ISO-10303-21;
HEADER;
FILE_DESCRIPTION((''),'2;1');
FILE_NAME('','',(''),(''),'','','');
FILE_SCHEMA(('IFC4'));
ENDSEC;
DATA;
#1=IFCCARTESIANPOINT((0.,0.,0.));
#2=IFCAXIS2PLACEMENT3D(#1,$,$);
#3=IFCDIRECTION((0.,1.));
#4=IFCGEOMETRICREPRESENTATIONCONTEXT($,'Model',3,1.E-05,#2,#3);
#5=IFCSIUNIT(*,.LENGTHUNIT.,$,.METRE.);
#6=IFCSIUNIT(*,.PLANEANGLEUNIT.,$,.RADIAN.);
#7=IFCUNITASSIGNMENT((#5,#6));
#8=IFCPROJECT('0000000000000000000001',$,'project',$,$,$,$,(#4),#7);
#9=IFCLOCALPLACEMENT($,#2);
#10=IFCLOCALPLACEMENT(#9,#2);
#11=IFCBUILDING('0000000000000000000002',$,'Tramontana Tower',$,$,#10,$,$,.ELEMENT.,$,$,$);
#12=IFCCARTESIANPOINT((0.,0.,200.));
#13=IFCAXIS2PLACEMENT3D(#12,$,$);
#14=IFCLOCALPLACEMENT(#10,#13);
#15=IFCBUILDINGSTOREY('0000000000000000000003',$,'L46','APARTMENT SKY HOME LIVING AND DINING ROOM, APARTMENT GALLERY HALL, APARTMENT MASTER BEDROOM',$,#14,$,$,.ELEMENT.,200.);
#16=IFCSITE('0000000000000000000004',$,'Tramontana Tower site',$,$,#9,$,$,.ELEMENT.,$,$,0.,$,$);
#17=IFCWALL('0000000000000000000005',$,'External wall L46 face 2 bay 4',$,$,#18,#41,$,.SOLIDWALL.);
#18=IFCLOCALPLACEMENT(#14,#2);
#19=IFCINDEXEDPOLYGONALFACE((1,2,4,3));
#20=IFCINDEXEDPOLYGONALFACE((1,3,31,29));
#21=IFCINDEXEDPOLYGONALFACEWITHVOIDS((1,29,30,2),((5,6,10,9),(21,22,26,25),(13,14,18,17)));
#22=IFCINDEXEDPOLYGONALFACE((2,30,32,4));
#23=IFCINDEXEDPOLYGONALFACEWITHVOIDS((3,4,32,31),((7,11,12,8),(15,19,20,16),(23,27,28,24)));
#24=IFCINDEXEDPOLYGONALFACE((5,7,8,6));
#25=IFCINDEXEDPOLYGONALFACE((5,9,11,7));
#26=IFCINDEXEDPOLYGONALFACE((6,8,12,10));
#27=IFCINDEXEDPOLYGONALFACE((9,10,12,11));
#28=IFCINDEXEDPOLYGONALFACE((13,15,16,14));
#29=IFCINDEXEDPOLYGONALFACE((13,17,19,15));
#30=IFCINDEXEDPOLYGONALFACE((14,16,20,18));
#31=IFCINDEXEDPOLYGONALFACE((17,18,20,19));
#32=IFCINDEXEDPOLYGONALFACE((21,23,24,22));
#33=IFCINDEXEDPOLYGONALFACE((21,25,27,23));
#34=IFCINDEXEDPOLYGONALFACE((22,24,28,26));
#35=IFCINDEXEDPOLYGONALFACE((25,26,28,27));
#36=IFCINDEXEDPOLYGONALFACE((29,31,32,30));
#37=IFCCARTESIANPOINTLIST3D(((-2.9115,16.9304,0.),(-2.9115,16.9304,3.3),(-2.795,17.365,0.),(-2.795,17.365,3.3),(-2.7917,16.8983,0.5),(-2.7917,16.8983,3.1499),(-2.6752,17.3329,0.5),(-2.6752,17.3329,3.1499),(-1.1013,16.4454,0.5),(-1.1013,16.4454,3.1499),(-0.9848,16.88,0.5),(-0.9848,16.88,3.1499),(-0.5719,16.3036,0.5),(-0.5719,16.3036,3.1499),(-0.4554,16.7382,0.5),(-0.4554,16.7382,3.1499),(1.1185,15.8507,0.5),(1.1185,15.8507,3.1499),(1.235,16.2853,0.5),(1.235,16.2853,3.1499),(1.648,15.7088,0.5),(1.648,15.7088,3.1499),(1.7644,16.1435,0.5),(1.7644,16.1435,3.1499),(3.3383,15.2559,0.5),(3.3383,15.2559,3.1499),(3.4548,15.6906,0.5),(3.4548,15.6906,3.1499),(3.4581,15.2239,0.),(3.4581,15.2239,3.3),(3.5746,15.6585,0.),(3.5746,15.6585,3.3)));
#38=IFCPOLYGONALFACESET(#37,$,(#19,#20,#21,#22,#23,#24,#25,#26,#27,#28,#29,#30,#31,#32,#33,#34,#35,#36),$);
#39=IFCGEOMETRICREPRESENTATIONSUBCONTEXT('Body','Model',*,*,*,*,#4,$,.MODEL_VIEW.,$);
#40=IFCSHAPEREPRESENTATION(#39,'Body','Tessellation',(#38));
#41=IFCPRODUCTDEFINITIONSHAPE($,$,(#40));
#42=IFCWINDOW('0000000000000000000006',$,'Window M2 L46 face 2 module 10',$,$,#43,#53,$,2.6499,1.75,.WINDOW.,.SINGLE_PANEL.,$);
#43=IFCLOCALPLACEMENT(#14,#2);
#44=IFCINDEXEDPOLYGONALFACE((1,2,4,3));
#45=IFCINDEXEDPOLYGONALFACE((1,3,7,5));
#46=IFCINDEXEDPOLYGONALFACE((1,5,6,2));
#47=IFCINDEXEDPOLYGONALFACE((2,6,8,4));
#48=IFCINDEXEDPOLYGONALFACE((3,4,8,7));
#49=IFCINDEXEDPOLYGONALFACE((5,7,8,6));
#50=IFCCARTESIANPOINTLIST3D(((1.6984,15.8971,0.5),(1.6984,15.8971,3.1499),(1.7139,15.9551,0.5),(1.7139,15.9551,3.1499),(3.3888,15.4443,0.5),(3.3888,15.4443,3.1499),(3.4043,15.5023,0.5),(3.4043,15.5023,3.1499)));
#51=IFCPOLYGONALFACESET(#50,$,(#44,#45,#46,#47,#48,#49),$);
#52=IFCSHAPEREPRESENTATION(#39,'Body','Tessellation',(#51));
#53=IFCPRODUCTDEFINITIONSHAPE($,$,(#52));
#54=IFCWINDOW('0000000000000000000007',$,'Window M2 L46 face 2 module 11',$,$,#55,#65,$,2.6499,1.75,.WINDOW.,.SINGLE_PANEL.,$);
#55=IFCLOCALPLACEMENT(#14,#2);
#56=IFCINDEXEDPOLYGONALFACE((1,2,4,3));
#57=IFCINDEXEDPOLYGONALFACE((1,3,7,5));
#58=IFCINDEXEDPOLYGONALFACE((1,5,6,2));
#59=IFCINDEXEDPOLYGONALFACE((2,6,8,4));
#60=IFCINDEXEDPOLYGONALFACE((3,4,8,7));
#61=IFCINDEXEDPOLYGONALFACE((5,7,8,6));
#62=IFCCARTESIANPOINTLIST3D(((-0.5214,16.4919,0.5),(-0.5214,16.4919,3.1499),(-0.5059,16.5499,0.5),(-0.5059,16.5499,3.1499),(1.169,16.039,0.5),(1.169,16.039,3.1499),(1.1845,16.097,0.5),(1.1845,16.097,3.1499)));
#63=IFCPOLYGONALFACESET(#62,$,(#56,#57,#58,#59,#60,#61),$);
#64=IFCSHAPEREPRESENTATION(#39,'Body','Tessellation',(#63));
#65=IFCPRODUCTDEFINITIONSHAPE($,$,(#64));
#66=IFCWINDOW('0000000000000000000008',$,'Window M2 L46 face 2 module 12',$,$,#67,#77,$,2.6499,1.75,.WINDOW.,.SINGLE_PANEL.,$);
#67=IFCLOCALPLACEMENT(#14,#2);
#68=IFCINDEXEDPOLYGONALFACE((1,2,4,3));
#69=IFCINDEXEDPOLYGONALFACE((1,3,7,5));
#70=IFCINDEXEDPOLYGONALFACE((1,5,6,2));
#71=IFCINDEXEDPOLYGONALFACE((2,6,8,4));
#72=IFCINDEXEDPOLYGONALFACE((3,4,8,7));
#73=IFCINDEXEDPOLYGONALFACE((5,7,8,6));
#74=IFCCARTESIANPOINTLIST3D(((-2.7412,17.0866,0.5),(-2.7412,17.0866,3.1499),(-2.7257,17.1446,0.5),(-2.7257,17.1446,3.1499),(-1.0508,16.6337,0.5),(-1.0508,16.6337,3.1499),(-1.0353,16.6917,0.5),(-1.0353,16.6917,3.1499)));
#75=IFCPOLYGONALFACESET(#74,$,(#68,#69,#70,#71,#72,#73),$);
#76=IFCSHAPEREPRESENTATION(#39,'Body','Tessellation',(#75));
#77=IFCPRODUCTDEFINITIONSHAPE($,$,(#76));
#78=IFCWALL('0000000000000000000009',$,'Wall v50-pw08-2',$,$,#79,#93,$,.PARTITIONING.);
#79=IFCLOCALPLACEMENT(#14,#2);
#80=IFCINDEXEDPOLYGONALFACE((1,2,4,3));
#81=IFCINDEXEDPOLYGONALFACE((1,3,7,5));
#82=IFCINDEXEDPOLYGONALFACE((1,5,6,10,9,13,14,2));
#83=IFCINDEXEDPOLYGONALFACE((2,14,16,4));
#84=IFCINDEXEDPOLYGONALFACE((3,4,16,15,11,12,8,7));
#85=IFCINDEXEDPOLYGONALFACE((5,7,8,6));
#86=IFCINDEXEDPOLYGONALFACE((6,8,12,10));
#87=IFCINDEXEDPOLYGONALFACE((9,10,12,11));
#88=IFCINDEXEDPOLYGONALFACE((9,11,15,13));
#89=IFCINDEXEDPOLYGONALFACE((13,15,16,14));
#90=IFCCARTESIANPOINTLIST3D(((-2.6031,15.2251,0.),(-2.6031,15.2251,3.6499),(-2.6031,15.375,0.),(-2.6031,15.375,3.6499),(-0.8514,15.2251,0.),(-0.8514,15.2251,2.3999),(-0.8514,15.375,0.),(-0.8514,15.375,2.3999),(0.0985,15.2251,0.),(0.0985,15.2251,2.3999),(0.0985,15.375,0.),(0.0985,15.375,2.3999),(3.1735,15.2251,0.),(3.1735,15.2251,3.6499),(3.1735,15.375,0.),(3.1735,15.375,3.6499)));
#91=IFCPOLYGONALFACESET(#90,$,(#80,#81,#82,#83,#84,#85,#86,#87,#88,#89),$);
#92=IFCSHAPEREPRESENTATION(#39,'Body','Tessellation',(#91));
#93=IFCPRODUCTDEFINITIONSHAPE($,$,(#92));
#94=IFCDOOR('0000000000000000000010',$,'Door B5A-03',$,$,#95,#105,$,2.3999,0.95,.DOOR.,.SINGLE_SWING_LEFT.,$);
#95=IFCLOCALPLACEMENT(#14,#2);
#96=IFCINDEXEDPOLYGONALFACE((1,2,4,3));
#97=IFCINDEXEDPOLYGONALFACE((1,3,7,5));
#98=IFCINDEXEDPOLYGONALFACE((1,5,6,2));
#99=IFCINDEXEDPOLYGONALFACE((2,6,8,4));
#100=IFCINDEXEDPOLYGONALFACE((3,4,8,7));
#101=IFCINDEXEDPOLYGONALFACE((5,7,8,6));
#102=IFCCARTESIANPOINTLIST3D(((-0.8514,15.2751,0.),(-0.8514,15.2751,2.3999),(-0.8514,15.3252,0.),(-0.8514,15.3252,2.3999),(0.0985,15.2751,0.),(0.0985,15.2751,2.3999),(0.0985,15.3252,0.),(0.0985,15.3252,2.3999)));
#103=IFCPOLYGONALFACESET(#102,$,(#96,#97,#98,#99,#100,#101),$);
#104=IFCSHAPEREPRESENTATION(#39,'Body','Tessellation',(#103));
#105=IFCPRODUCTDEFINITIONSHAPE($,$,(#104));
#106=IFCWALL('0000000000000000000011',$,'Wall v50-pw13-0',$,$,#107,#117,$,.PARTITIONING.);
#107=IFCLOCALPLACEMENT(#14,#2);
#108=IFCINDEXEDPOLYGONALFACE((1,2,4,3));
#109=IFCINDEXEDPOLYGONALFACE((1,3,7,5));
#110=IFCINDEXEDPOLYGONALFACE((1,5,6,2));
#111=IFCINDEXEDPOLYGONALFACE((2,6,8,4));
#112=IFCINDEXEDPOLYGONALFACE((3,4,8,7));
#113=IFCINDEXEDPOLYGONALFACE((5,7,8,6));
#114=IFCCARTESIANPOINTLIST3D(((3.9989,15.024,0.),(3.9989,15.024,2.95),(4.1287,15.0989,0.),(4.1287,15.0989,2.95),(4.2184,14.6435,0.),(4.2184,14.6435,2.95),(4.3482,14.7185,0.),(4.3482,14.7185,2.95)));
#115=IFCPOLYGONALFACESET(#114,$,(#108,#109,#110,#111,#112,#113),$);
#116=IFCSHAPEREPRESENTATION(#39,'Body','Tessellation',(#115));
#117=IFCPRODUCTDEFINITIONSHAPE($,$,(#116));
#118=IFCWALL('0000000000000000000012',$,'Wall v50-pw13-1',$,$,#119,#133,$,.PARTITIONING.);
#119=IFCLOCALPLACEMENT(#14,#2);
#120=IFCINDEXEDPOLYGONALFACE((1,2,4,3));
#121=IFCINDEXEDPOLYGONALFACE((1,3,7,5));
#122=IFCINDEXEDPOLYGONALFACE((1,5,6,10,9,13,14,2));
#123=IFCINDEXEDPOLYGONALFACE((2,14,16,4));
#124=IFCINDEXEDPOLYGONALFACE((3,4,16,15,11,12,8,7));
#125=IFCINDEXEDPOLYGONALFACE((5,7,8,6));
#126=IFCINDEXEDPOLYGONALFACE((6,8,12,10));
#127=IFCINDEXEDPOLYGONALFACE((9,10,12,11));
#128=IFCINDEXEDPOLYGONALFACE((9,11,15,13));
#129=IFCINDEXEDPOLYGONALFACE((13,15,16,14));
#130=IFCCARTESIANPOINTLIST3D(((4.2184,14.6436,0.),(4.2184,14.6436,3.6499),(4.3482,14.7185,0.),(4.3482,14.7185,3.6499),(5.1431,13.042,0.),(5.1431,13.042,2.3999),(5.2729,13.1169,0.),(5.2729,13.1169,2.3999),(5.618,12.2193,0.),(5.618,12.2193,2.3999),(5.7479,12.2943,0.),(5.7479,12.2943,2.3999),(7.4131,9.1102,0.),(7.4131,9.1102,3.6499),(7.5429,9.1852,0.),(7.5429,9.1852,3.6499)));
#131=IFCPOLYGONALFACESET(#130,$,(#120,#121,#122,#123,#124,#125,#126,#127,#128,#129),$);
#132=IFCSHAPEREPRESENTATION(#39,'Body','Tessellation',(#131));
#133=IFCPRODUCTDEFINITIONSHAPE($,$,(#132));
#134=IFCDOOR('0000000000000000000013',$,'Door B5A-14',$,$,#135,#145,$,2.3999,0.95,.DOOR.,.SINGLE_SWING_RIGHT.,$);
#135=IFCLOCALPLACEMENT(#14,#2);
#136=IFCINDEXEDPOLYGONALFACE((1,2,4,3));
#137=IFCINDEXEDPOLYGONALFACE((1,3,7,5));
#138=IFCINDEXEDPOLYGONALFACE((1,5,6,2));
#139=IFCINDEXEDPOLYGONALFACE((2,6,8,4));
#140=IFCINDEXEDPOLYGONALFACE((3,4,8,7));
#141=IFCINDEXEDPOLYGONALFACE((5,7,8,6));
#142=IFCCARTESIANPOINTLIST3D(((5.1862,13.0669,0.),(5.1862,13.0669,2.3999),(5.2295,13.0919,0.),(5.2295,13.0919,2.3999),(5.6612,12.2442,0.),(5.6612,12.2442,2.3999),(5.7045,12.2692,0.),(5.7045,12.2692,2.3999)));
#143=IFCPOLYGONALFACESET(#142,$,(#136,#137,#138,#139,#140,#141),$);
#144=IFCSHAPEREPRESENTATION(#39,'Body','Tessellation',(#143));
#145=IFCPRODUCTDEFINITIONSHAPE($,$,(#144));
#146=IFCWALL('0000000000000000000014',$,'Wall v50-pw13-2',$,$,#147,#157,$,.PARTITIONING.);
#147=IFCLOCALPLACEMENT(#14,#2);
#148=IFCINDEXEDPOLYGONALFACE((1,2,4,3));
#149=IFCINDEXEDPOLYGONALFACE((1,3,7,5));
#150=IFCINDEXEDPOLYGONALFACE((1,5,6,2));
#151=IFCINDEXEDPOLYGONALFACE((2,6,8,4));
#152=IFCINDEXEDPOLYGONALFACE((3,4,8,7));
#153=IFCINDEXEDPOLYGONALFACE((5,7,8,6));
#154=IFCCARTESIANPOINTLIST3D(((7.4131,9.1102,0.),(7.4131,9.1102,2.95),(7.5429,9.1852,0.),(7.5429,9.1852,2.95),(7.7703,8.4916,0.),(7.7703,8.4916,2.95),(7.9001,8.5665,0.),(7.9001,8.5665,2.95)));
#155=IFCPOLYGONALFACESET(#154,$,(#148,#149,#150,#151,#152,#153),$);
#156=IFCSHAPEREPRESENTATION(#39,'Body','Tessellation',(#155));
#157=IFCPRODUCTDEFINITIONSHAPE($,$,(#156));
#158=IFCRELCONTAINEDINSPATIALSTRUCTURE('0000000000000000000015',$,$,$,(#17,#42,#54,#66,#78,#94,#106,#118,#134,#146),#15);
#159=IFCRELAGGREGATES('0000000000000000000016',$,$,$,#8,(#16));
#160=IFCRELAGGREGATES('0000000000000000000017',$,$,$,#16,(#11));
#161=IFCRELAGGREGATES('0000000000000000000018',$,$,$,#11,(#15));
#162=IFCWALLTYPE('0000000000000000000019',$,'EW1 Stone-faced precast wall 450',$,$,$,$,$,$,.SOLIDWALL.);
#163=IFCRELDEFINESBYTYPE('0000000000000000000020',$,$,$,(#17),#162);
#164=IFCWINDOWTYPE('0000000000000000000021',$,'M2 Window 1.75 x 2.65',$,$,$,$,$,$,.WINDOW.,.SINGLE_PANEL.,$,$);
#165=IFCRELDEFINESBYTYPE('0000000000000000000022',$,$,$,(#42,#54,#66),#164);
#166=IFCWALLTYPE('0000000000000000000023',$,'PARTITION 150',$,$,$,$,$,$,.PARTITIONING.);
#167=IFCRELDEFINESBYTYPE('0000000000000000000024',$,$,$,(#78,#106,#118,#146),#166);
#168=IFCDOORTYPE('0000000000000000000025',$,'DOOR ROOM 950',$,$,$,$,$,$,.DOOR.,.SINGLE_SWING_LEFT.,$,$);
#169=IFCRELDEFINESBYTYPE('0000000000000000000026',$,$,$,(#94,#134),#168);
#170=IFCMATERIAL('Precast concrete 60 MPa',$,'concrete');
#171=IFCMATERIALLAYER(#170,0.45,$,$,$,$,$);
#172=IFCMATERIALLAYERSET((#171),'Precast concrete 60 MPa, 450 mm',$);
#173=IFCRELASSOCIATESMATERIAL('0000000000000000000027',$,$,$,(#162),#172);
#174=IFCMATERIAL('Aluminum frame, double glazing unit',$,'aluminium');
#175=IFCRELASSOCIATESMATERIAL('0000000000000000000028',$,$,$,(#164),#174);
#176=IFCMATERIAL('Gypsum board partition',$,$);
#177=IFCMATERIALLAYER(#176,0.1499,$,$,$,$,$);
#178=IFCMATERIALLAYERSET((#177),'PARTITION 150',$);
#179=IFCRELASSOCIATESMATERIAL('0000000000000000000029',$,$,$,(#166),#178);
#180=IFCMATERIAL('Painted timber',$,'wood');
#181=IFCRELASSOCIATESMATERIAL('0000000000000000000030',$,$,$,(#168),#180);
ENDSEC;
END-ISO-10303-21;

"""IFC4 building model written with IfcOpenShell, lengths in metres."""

from ifc_helpers import new_model, si_unit, direction, frame, frame_2d, origin, place, context, subcontext, project, spatial, rectangle, extrude, material, layer, layer_set, type_object, element, fill, save


model = new_model("IFC4")

# Units and contexts
model_context = context("Model", 3, precision=1e-05, world=origin(), true_north=direction((0.0, 1.0)))
body_context = subcontext(model_context, "Body", "Model", "MODEL_VIEW")
ifc_project = project(units=[si_unit("LENGTHUNIT", "METRE"), si_unit("PLANEANGLEUNIT", "RADIAN")], contexts=[model_context])

# Site, building, storey
site_placement = place(None, origin())
site = spatial("IfcSite", under=ifc_project, at=site_placement, Name="Tramontana Tower site", CompositionType="ELEMENT", RefElevation=0.0)
building_placement = place(site_placement, origin())
building = spatial("IfcBuilding", under=site, at=building_placement, Name="Tramontana Tower", CompositionType="ELEMENT")
storey_placement = place(building_placement, frame((0.0, 0.0, 200.0)))
storey = spatial("IfcBuildingStorey", under=building, at=storey_placement, Name="L46", Description="APARTMENT SKY HOME LIVING AND DINING ROOM, APARTMENT GALLERY HALL, APARTMENT MASTER BEDROOM", CompositionType="ELEMENT", Elevation=200.0)

# Wall, openings, windows
ifc_material_1 = material(Name="Precast concrete 60 MPa", Category="concrete")
ifc_layer_1 = layer(ifc_material_1, 0.45)
ifc_layer_set_1 = layer_set([ifc_layer_1], Name="Precast concrete 60 MPa, 450 mm")
wall_type_1 = type_object("IfcWallType", Name="EW1 Stone-faced precast wall 450", PredefinedType="SOLIDWALL", material=ifc_layer_set_1)
wall_1_placement = place(storey_placement, frame((3.5164, 15.4412, 0.0), z_axis=(0.0, 0.0, 1.0), x_axis=(-0.965933, 0.258792, 0.0)))
wall_1 = element("IfcWall", 1, at=wall_1_placement, inside=storey, type_object=wall_type_1, Name="External wall L46 face 2 bay 4", PredefinedType="SOLIDWALL", context=body_context, shape_type="SweptSolid", body=[
    extrude(rectangle(XDim=6.5942, YDim=0.45, at=frame_2d((3.2971, 0.0))), origin(), (0.0, 0.0, 1.0), 3.3),
])
opening_1_placement = place(wall_1_placement, frame((0.124, 0.0, 0.5)))
opening_1 = element("IfcOpeningElement", 2, at=opening_1_placement, cuts=wall_1, PredefinedType="OPENING", context=body_context, shape_type="SweptSolid", body=[
    extrude(rectangle(XDim=1.75, YDim=2.6499, at=frame_2d((0.875, 1.325))), frame((0.0, 0.2349, 0.0), z_axis=(0.0, -1.0, 0.0), x_axis=(1.0, 0.0, 0.0)), (0.0, 0.0, 1.0), 0.47),
])
opening_2_placement = place(wall_1_placement, frame((2.4221, 0.0, 0.5)))
opening_2 = element("IfcOpeningElement", 3, at=opening_2_placement, cuts=wall_1, PredefinedType="OPENING", context=body_context, shape_type="SweptSolid", body=[
    extrude(rectangle(XDim=1.75, YDim=2.6499, at=frame_2d((0.875, 1.325))), frame((0.0, 0.2349, 0.0), z_axis=(0.0, -1.0, 0.0), x_axis=(1.0, 0.0, 0.0)), (0.0, 0.0, 1.0), 0.47),
])
opening_3_placement = place(wall_1_placement, frame((4.7202, 0.0, 0.5)))
opening_3 = element("IfcOpeningElement", 4, at=opening_3_placement, cuts=wall_1, PredefinedType="OPENING", context=body_context, shape_type="SweptSolid", body=[
    extrude(rectangle(XDim=1.75, YDim=2.6499, at=frame_2d((0.875, 1.325))), frame((0.0, 0.2349, 0.0), z_axis=(0.0, -1.0, 0.0), x_axis=(1.0, 0.0, 0.0)), (0.0, 0.0, 1.0), 0.47),
])
ifc_material_2 = material(Name="Aluminum frame, double glazing unit", Category="aluminium")
window_type = type_object("IfcWindowType", Name="M2 Window 1.75 x 2.65", PartitioningType="SINGLE_PANEL", PredefinedType="WINDOW", material=ifc_material_2)
window_1_placement = place(opening_1_placement, origin())
window_1 = element("IfcWindow", 5, at=window_1_placement, inside=storey, type_object=window_type, Name="Window M2 L46 face 2 module 10", OverallHeight=2.6499, OverallWidth=1.75, PartitioningType="SINGLE_PANEL", PredefinedType="WINDOW", context=body_context, shape_type="SweptSolid", body=[
    extrude(rectangle(XDim=1.75, YDim=2.6499, at=frame_2d((0.875, 1.325))), frame((0.0, 0.03, 0.0), z_axis=(0.0, -1.0, 0.0), x_axis=(1.0, 0.0, 0.0)), (0.0, 0.0, 1.0), 0.0601),
])
fill(opening_1, window_1)
window_2_placement = place(opening_2_placement, origin())
window_2 = element("IfcWindow", 6, at=window_2_placement, inside=storey, type_object=window_type, Name="Window M2 L46 face 2 module 11", OverallHeight=2.6499, OverallWidth=1.75, PartitioningType="SINGLE_PANEL", PredefinedType="WINDOW", context=body_context, shape_type="SweptSolid", body=[
    extrude(rectangle(XDim=1.75, YDim=2.6499, at=frame_2d((0.875, 1.325))), frame((0.0, 0.03, 0.0), z_axis=(0.0, -1.0, 0.0), x_axis=(1.0, 0.0, 0.0)), (0.0, 0.0, 1.0), 0.0601),
])
fill(opening_2, window_2)
window_3_placement = place(opening_3_placement, origin())
window_3 = element("IfcWindow", 7, at=window_3_placement, inside=storey, type_object=window_type, Name="Window M2 L46 face 2 module 12", OverallHeight=2.6499, OverallWidth=1.75, PartitioningType="SINGLE_PANEL", PredefinedType="WINDOW", context=body_context, shape_type="SweptSolid", body=[
    extrude(rectangle(XDim=1.75, YDim=2.6499, at=frame_2d((0.875, 1.325))), frame((0.0, 0.03, 0.0), z_axis=(0.0, -1.0, 0.0), x_axis=(1.0, 0.0, 0.0)), (0.0, 0.0, 1.0), 0.0601),
])
fill(opening_3, window_3)

# Wall, opening, door
ifc_material_3 = material(Name="Gypsum board partition")
ifc_layer_2 = layer(ifc_material_3, 0.1499)
ifc_layer_set_2 = layer_set([ifc_layer_2], Name="PARTITION 150")
wall_type_2 = type_object("IfcWallType", Name="PARTITION 150", PredefinedType="PARTITIONING", material=ifc_layer_set_2)
wall_2_placement = place(storey_placement, frame((3.1733, 15.3, 0.0), z_axis=(0.0, 0.0, 1.0), x_axis=(-1.0, 0.0, 0.0)))
wall_2 = element("IfcWall", 8, at=wall_2_placement, inside=storey, type_object=wall_type_2, Name="Wall v50-pw08-2", PredefinedType="PARTITIONING", context=body_context, shape_type="SweptSolid", body=[
    extrude(rectangle(XDim=5.7766, YDim=0.1499, at=frame_2d((2.8882, 0.0))), origin(), (0.0, 0.0, 1.0), 3.6499),
])
opening_4_placement = place(wall_2_placement, frame((3.0747, 0.0, 0.0)))
opening_4 = element("IfcOpeningElement", 9, at=opening_4_placement, cuts=wall_2, PredefinedType="OPENING", context=body_context, shape_type="SweptSolid", body=[
    extrude(rectangle(XDim=0.95, YDim=2.3999, at=frame_2d((0.4751, 1.2))), frame((0.0, 0.085, 0.0), z_axis=(0.0, -1.0, 0.0), x_axis=(1.0, 0.0, 0.0)), (0.0, 0.0, 1.0), 0.1699),
])
ifc_material_4 = material(Name="Painted timber", Category="wood")
door_type_1 = type_object("IfcDoorType", Name="DOOR ROOM 950", OperationType="SINGLE_SWING_LEFT", PredefinedType="DOOR", material=ifc_material_4)
door_1_placement = place(opening_4_placement, origin())
door_1 = element("IfcDoor", 10, at=door_1_placement, inside=storey, type_object=door_type_1, Name="Door B5A-03", OperationType="SINGLE_SWING_LEFT", OverallHeight=2.3999, OverallWidth=0.95, PredefinedType="DOOR", context=body_context, shape_type="SweptSolid", body=[
    extrude(rectangle(XDim=0.95, YDim=2.3999, at=frame_2d((0.4751, 1.2))), frame((0.0, 0.0249, 0.0), z_axis=(0.0, -1.0, 0.0), x_axis=(1.0, 0.0, 0.0)), (0.0, 0.0, 1.0), 0.05),
])
fill(opening_4, door_1)

# Wall
wall_3_placement = place(storey_placement, frame((4.0637, 15.0615, 0.0), z_axis=(0.0, 0.0, 1.0), x_axis=(0.499787, -0.866149, 0.0)))
element("IfcWall", 11, at=wall_3_placement, inside=storey, type_object=wall_type_2, Name="Wall v50-pw13-0", PredefinedType="PARTITIONING", context=body_context, shape_type="SweptSolid", body=[
    extrude(rectangle(XDim=0.4392, YDim=0.1499, at=frame_2d((0.2197, 0.0))), origin(), (0.0, 0.0, 1.0), 2.95),
])

# Wall, opening, door
wall_4_placement = place(storey_placement, frame((4.2832, 14.6812, 0.0), z_axis=(0.0, 0.0, 1.0), x_axis=(0.50001, -0.86602, 0.0)))
wall_4 = element("IfcWall", 12, at=wall_4_placement, inside=storey, type_object=wall_type_2, Name="Wall v50-pw13-1", PredefinedType="PARTITIONING", context=body_context, shape_type="SweptSolid", body=[
    extrude(rectangle(XDim=6.3894, YDim=0.1499, at=frame_2d((3.1948, 0.0))), origin(), (0.0, 0.0, 1.0), 3.6499),
])
opening_5_placement = place(wall_4_placement, frame((1.8494, 0.0, 0.0)))
opening_5 = element("IfcOpeningElement", 13, at=opening_5_placement, cuts=wall_4, PredefinedType="OPENING", context=body_context, shape_type="SweptSolid", body=[
    extrude(rectangle(XDim=0.95, YDim=2.3999, at=frame_2d((0.4751, 1.2))), frame((0.0, 0.085, 0.0), z_axis=(0.0, -1.0, 0.0), x_axis=(1.0, 0.0, 0.0)), (0.0, 0.0, 1.0), 0.1699),
])
door_2_placement = place(opening_5_placement, origin())
door_2 = element("IfcDoor", 14, at=door_2_placement, inside=storey, type_object=door_type_1, Name="Door B5A-14", OperationType="SINGLE_SWING_RIGHT", OverallHeight=2.3999, OverallWidth=0.95, PredefinedType="DOOR", context=body_context, shape_type="SweptSolid", body=[
    extrude(rectangle(XDim=0.95, YDim=2.3999, at=frame_2d((0.4751, 1.2))), frame((0.0, 0.0249, 0.0), z_axis=(0.0, -1.0, 0.0), x_axis=(1.0, 0.0, 0.0)), (0.0, 0.0, 1.0), 0.05),
])
fill(opening_5, door_2)

# Wall
wall_5_placement = place(storey_placement, frame((7.478, 9.1477, 0.0), z_axis=(0.0, 0.0, 1.0), x_axis=(0.499999, -0.866026, 0.0)))
element("IfcWall", 15, at=wall_5_placement, inside=storey, type_object=wall_type_2, Name="Wall v50-pw13-2", PredefinedType="PARTITIONING", context=body_context, shape_type="SweptSolid", body=[
    extrude(rectangle(XDim=0.7144, YDim=0.1499, at=frame_2d((0.3572, 0.0))), origin(), (0.0, 0.0, 1.0), 2.95),
])

save(model, "model.ifc")
